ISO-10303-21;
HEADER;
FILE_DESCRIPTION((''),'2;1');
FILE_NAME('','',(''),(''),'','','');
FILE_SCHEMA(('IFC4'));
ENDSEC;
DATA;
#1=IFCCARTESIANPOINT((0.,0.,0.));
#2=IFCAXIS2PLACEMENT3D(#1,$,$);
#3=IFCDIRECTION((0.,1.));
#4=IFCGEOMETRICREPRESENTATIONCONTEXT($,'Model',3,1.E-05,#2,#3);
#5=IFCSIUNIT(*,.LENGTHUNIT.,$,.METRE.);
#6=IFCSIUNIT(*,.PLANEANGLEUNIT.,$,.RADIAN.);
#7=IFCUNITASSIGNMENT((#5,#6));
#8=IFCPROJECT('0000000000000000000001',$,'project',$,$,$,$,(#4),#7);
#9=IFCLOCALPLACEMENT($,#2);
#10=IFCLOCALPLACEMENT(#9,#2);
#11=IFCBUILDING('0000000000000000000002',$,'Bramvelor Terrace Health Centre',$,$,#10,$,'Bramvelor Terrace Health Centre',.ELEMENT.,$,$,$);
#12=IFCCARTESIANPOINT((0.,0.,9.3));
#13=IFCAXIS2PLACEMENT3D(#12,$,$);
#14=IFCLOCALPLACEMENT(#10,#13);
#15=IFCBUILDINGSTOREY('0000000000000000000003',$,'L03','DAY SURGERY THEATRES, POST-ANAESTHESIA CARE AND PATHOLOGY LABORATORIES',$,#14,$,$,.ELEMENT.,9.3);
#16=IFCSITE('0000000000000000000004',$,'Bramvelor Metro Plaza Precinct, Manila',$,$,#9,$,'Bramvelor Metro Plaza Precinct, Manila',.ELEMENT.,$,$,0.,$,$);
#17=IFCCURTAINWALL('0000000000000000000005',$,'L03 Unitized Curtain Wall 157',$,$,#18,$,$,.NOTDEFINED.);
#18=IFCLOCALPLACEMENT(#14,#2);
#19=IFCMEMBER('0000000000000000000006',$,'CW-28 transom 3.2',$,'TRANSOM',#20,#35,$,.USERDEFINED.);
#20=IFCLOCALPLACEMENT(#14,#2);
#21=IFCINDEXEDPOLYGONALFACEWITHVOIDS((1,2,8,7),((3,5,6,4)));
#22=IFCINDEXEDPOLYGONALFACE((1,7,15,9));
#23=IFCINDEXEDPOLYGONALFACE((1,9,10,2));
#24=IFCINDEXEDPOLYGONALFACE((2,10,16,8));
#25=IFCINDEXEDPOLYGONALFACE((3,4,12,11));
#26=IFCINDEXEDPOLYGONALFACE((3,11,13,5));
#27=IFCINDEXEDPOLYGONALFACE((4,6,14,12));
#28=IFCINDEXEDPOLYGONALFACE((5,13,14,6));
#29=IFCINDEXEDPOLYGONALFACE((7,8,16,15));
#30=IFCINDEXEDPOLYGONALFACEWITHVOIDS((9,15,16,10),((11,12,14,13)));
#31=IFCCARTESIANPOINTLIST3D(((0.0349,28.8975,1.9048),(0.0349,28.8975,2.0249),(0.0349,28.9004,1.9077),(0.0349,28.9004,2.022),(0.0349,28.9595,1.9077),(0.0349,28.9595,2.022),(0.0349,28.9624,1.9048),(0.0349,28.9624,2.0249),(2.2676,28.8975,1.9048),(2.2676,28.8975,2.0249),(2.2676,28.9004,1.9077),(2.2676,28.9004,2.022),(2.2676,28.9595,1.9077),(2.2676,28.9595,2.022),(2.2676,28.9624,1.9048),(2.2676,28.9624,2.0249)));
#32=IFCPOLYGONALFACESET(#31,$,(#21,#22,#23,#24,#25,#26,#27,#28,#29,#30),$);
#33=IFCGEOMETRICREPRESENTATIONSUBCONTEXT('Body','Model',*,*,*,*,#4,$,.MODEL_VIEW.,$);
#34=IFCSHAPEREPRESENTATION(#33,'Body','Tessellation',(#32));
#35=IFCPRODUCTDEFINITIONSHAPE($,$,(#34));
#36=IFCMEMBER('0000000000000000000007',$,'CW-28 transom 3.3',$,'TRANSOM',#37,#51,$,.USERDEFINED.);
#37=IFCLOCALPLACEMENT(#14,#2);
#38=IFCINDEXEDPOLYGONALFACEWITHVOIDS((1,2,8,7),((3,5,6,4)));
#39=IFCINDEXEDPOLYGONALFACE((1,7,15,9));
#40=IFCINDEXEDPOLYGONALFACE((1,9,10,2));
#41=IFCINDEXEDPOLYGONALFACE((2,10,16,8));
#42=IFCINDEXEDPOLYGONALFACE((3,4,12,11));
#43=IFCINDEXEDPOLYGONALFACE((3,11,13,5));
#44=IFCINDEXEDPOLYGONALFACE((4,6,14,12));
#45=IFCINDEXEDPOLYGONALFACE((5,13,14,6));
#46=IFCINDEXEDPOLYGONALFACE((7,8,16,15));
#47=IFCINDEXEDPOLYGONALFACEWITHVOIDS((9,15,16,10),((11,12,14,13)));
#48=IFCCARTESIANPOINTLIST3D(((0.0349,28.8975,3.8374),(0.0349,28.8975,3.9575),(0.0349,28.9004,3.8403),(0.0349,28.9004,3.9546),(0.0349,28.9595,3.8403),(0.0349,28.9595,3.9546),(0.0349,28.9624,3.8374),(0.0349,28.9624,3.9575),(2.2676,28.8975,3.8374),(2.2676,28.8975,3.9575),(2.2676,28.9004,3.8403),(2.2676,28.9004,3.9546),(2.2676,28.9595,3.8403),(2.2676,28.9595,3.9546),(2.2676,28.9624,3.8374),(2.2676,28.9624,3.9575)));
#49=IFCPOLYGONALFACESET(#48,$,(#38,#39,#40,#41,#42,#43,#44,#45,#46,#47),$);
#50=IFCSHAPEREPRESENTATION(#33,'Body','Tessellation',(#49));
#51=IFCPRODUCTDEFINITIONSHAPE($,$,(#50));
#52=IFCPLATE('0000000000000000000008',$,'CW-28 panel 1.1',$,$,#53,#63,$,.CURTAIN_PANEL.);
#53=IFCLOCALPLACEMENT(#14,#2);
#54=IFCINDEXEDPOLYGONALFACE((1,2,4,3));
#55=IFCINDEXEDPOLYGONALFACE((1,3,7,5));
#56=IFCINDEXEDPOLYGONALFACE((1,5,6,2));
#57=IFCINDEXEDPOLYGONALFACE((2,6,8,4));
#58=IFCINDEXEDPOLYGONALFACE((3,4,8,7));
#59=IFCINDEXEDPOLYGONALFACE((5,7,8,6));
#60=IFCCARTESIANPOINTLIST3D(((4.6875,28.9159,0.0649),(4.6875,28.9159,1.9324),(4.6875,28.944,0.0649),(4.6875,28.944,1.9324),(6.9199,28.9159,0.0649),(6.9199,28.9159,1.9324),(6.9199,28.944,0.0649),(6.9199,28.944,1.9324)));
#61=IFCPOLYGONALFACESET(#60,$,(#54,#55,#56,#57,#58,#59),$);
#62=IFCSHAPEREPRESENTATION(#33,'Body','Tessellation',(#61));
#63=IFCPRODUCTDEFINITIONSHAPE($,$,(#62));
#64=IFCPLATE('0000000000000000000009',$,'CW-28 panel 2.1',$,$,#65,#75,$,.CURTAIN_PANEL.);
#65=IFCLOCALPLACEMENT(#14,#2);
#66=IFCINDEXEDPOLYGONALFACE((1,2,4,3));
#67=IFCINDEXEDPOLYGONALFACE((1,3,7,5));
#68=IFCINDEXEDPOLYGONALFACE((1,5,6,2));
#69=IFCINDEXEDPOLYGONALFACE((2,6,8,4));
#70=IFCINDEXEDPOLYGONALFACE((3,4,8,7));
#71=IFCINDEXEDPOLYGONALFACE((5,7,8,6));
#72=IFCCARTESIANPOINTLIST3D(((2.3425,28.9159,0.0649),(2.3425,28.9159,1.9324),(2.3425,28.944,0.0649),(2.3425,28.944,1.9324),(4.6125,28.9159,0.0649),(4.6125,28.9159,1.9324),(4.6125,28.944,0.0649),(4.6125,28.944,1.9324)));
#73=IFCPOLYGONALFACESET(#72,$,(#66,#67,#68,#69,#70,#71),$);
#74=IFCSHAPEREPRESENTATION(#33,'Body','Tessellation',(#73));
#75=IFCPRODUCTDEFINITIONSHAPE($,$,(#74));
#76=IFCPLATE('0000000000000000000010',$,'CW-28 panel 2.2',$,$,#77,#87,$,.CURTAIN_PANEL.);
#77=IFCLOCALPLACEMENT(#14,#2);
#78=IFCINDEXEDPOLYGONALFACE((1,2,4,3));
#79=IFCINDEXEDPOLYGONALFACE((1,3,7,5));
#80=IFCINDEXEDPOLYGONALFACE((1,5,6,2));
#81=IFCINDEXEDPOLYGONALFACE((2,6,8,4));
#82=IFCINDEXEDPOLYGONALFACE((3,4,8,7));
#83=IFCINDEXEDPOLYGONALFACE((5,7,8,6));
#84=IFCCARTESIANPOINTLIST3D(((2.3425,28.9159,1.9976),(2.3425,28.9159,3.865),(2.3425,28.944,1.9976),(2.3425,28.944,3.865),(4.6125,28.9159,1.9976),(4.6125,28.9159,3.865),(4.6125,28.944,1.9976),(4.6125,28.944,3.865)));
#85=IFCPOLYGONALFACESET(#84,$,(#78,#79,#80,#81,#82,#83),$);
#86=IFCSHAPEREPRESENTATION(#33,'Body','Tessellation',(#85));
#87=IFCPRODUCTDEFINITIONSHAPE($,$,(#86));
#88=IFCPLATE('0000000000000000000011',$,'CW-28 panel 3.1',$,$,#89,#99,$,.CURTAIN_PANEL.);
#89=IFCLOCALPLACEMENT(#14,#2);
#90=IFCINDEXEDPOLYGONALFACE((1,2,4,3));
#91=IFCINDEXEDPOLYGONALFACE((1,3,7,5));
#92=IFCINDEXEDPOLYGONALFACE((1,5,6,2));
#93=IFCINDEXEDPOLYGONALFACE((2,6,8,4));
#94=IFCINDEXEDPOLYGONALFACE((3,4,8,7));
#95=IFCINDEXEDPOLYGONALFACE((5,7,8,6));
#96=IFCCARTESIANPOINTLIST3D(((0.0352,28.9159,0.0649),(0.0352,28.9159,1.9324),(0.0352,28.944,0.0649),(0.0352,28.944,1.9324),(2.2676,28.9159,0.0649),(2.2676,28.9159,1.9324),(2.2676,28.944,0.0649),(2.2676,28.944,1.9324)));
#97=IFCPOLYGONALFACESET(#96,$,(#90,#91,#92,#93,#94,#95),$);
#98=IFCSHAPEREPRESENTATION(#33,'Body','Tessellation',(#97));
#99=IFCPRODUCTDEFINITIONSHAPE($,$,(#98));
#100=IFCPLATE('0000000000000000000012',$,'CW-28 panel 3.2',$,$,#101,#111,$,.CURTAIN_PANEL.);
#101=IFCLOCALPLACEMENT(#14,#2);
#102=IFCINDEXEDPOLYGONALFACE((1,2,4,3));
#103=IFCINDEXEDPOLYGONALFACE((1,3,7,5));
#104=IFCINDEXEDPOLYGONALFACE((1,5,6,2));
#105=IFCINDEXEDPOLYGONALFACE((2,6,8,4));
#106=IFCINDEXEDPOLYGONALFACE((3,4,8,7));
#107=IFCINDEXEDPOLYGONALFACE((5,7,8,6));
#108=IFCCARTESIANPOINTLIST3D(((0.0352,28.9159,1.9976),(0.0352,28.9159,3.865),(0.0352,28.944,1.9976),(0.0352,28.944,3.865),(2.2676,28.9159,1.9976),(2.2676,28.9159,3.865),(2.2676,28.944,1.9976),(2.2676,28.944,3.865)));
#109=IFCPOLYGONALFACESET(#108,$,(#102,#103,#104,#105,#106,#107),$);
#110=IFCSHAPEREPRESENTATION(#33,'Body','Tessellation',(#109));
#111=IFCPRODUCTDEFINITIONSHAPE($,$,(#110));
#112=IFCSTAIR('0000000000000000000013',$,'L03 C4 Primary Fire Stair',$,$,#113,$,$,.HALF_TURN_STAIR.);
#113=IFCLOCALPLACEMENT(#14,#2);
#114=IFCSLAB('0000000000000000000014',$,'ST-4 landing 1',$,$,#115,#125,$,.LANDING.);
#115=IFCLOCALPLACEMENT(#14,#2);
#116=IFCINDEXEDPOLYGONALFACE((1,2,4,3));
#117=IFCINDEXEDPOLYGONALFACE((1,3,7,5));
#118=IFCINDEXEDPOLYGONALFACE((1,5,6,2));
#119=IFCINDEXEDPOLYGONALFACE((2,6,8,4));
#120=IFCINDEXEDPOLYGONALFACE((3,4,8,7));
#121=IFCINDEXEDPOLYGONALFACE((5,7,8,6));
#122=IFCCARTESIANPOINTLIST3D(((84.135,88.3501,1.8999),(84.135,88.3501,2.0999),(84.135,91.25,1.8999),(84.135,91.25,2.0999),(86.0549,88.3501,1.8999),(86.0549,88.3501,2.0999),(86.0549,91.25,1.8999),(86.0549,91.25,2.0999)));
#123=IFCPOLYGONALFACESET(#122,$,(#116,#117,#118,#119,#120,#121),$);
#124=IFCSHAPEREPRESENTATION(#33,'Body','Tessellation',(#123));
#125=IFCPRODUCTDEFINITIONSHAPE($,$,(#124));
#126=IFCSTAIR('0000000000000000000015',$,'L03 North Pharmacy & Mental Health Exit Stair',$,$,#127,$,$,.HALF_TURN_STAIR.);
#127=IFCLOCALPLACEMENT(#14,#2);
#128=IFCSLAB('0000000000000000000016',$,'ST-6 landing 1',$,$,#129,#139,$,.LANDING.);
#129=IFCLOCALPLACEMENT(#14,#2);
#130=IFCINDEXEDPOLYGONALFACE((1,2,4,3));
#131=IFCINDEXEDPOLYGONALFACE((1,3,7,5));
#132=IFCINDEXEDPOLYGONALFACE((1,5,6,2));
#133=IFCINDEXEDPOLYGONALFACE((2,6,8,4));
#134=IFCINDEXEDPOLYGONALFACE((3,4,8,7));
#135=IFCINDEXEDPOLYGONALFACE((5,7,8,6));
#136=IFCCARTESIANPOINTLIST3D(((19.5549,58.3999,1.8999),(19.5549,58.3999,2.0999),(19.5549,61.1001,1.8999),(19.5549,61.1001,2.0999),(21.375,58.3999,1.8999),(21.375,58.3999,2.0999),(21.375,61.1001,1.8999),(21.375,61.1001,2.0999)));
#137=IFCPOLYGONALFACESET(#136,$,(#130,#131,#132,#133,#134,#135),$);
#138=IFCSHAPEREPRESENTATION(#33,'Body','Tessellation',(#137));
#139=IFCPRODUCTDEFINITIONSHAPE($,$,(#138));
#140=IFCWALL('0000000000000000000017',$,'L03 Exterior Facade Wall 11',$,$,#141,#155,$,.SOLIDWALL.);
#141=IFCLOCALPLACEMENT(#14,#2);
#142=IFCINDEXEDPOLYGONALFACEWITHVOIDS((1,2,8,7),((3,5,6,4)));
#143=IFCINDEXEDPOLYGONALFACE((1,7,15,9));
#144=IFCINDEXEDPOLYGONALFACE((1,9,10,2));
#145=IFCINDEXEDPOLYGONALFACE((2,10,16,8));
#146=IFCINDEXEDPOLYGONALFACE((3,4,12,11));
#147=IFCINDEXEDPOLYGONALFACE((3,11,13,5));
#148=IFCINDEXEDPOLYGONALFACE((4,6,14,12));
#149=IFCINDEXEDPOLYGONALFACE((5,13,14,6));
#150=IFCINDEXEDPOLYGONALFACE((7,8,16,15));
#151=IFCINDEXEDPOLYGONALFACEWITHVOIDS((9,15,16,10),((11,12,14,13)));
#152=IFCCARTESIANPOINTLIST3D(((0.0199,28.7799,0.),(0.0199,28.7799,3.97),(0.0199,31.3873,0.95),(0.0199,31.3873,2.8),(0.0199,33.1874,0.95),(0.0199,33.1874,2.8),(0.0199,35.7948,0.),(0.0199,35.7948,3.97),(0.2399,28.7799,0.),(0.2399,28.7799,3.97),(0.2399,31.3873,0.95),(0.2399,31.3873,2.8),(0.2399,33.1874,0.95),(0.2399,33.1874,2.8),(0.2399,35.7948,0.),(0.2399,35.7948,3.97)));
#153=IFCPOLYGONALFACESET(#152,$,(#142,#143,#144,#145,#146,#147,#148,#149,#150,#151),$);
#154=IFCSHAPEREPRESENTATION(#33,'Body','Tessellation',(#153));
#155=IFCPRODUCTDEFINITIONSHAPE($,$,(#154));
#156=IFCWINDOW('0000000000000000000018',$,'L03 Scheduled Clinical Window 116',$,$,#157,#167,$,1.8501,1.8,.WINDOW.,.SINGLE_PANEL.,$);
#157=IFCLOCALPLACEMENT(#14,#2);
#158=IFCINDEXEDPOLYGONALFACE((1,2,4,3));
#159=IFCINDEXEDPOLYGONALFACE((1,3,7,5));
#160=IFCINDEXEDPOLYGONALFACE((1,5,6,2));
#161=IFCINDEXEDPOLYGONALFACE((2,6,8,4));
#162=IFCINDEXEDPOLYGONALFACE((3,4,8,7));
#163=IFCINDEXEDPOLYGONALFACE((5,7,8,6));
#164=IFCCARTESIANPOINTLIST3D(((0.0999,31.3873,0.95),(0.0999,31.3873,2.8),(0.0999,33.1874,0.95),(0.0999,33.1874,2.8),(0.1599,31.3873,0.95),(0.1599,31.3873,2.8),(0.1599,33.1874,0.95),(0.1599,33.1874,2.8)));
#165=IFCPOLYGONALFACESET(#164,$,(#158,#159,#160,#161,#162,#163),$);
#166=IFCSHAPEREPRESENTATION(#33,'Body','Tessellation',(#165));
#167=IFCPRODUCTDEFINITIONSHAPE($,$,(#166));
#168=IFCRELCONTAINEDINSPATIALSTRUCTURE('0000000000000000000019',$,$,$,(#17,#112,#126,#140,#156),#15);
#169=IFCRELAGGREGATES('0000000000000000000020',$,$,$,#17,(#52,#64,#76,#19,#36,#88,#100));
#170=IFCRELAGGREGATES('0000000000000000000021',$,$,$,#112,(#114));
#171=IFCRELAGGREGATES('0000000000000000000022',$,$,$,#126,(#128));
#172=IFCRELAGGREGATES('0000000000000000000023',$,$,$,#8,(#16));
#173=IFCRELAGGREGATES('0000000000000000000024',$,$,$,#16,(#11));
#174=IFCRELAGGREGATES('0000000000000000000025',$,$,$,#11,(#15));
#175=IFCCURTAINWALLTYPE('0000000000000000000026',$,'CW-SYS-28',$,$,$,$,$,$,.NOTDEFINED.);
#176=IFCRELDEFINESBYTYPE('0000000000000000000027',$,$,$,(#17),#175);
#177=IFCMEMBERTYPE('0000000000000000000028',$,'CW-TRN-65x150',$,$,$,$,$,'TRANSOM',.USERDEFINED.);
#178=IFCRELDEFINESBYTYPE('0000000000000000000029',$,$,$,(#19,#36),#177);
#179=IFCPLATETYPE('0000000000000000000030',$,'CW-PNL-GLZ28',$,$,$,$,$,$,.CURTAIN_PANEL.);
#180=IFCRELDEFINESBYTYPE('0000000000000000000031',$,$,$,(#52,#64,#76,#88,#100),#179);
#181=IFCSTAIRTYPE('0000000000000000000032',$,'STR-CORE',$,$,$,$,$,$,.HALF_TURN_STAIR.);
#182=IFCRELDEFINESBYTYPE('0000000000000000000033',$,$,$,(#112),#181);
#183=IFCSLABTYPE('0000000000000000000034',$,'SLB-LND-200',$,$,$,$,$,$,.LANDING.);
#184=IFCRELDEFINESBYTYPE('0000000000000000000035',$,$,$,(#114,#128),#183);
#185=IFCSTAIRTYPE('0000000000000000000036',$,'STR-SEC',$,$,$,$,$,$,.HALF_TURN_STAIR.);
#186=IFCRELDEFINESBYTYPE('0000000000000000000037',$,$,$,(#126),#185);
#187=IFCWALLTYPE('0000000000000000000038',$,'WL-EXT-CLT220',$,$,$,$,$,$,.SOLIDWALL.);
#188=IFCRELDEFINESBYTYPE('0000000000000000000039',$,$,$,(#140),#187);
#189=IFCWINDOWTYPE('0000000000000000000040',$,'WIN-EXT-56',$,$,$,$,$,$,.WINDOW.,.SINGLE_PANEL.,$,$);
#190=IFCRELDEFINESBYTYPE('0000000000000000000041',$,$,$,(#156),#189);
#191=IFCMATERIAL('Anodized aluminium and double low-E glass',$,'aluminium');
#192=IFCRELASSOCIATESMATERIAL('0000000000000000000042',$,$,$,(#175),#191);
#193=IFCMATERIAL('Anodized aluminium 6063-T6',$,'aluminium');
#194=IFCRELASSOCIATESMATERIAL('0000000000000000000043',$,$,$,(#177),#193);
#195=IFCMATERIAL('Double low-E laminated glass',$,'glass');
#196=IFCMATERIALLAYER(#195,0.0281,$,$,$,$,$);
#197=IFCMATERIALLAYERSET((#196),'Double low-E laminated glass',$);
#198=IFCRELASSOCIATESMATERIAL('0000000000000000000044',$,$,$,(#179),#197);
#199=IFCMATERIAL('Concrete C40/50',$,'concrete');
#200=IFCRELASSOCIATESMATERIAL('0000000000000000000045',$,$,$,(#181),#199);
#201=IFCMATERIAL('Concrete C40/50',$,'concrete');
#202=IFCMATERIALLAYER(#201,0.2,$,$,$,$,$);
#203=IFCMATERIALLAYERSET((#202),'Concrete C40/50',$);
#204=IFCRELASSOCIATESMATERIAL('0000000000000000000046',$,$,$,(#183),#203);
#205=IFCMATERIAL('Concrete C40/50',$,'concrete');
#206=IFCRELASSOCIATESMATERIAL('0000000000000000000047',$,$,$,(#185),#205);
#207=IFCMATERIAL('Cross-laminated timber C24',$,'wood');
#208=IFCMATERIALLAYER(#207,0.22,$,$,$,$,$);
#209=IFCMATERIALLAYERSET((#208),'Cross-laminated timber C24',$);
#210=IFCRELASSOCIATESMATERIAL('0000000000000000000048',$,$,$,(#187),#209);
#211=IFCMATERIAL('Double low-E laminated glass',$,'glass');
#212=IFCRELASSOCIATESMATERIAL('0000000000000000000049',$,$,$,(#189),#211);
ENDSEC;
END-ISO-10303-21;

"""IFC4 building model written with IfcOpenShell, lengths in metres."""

from ifc_helpers import new_model, si_unit, direction, frame, frame_2d, origin, origin_2d, place, context, subcontext, project, spatial, polyline, rectangle, hollow_rectangle, outline, extrude, material, layer, layer_set, material_profile, profile_set, type_object, element, fill, aggregate, save


model = new_model("IFC4")

# Units and contexts
model_context = context("Model", 3, precision=1e-05, world=origin(), true_north=direction((0.0, 1.0)))
body_context = subcontext(model_context, "Body", "Model", "MODEL_VIEW")
ifc_project = project(units=[si_unit("LENGTHUNIT", "METRE"), si_unit("PLANEANGLEUNIT", "RADIAN")], contexts=[model_context])

# Site, building, storey
site_placement = place(None, origin())
site = spatial("IfcSite", under=ifc_project, at=site_placement, Name="Bramvelor Metro Plaza Precinct, Manila", LongName="Bramvelor Metro Plaza Precinct, Manila", CompositionType="ELEMENT", RefElevation=0.0)
building_placement = place(site_placement, origin())
building = spatial("IfcBuilding", under=site, at=building_placement, Name="Bramvelor Terrace Health Centre", LongName="Bramvelor Terrace Health Centre", CompositionType="ELEMENT")
storey_placement = place(building_placement, frame((0.0, 0.0, 9.3)))
storey = spatial("IfcBuildingStorey", under=building, at=storey_placement, Name="L03", Description="DAY SURGERY THEATRES, POST-ANAESTHESIA CARE AND PATHOLOGY LABORATORIES", CompositionType="ELEMENT", Elevation=9.3)

# Curtain wall, members, plates
ifc_material_1 = material(Name="Anodized aluminium and double low-E glass", Category="aluminium")
curtain_wall_type = type_object("IfcCurtainWallType", Name="CW-SYS-28", PredefinedType="NOTDEFINED", material=ifc_material_1)
curtain_wall_placement = place(storey_placement, origin())
curtain_wall = element("IfcCurtainWall", 1, at=curtain_wall_placement, inside=storey, type_object=curtain_wall_type, Name="L03 Unitized Curtain Wall 157", PredefinedType="NOTDEFINED")
ifc_material_2 = material(Name="Anodized aluminium 6063-T6", Category="aluminium")
ifc_material_profile_1 = material_profile(ifc_material_2, hollow_rectangle(XDim=0.0649, YDim=0.1201, WallThickness=0.0029, at=origin_2d()), Name="ALU-TRN 65x120x3.0")
ifc_profile_set_1 = profile_set([ifc_material_profile_1], Name="Anodized aluminium 6063-T6")
member_type_1 = type_object("IfcMemberType", Name="CW-TRN-65x150", ElementType="TRANSOM", PredefinedType="USERDEFINED", material=ifc_profile_set_1)
member_1_placement = place(storey_placement, frame((2.2676, 28.9299, 1.9648), z_axis=(-1.0, 0.0, 0.0), x_axis=(0.0, -1.0, 0.0)))
member_1 = element("IfcMember", 2, at=member_1_placement, type_object=member_type_1, Name="CW-28 transom 3.2", ObjectType="TRANSOM", PredefinedType="USERDEFINED", context=body_context, shape_type="SweptSolid", body=[
    extrude(hollow_rectangle(XDim=0.0649, YDim=0.1201, WallThickness=0.0029, at=origin_2d()), origin(), (0.0, 0.0, 1.0), 2.2327),
])
member_2_placement = place(storey_placement, frame((2.2676, 28.9299, 3.8975), z_axis=(-1.0, 0.0, 0.0), x_axis=(0.0, -1.0, 0.0)))
member_2 = element("IfcMember", 3, at=member_2_placement, type_object=member_type_1, Name="CW-28 transom 3.3", ObjectType="TRANSOM", PredefinedType="USERDEFINED", context=body_context, shape_type="SweptSolid", body=[
    extrude(hollow_rectangle(XDim=0.0649, YDim=0.1201, WallThickness=0.0029, at=origin_2d()), origin(), (0.0, 0.0, 1.0), 2.2327),
])
ifc_material_3 = material(Name="Double low-E laminated glass", Category="glass")
ifc_layer_1 = layer(ifc_material_3, 0.0281)
ifc_layer_set_1 = layer_set([ifc_layer_1], Name="Double low-E laminated glass")
plate_type = type_object("IfcPlateType", Name="CW-PNL-GLZ28", PredefinedType="CURTAIN_PANEL", material=ifc_layer_set_1)
plate_1_placement = place(storey_placement, frame((5.8037, 28.9299, 0.0649), z_axis=(0.0, 0.0, 1.0), x_axis=(-1.0, 0.0, 0.0)))
plate_1 = element("IfcPlate", 4, at=plate_1_placement, type_object=plate_type, Name="CW-28 panel 1.1", PredefinedType="CURTAIN_PANEL", context=body_context, shape_type="SweptSolid", body=[
    extrude(rectangle(XDim=2.2324, YDim=0.0281, at=origin_2d()), origin(), (0.0, 0.0, 1.0), 1.8674),
])
plate_2_placement = place(storey_placement, frame((3.4775, 28.9299, 0.0649), z_axis=(0.0, 0.0, 1.0), x_axis=(-1.0, 0.0, 0.0)))
plate_2 = element("IfcPlate", 5, at=plate_2_placement, type_object=plate_type, Name="CW-28 panel 2.1", PredefinedType="CURTAIN_PANEL", context=body_context, shape_type="SweptSolid", body=[
    extrude(rectangle(XDim=2.27, YDim=0.0281, at=origin_2d()), origin(), (0.0, 0.0, 1.0), 1.8674),
])
plate_3_placement = place(storey_placement, frame((3.4775, 28.9299, 1.9976), z_axis=(0.0, 0.0, 1.0), x_axis=(-1.0, 0.0, 0.0)))
plate_3 = element("IfcPlate", 6, at=plate_3_placement, type_object=plate_type, Name="CW-28 panel 2.2", PredefinedType="CURTAIN_PANEL", context=body_context, shape_type="SweptSolid", body=[
    extrude(rectangle(XDim=2.27, YDim=0.0281, at=origin_2d()), origin(), (0.0, 0.0, 1.0), 1.8674),
])
plate_4_placement = place(storey_placement, frame((1.1514, 28.9299, 0.0649), z_axis=(0.0, 0.0, 1.0), x_axis=(-1.0, 0.0, 0.0)))
plate_4 = element("IfcPlate", 7, at=plate_4_placement, type_object=plate_type, Name="CW-28 panel 3.1", PredefinedType="CURTAIN_PANEL", context=body_context, shape_type="SweptSolid", body=[
    extrude(rectangle(XDim=2.2324, YDim=0.0281, at=origin_2d()), origin(), (0.0, 0.0, 1.0), 1.8674),
])
plate_5_placement = place(storey_placement, frame((1.1514, 28.9299, 1.9976), z_axis=(0.0, 0.0, 1.0), x_axis=(-1.0, 0.0, 0.0)))
plate_5 = element("IfcPlate", 8, at=plate_5_placement, type_object=plate_type, Name="CW-28 panel 3.2", PredefinedType="CURTAIN_PANEL", context=body_context, shape_type="SweptSolid", body=[
    extrude(rectangle(XDim=2.2324, YDim=0.0281, at=origin_2d()), origin(), (0.0, 0.0, 1.0), 1.8674),
])
aggregate(curtain_wall, [plate_1, plate_2, plate_3, member_1, member_2, plate_4, plate_5])

# Stairs, slabs
ifc_material_4 = material(Name="Concrete C40/50", Category="concrete")
stair_type_1 = type_object("IfcStairType", Name="STR-CORE", PredefinedType="HALF_TURN_STAIR", material=ifc_material_4)
stair_1_placement = place(storey_placement, origin())
stair_1 = element("IfcStair", 9, at=stair_1_placement, inside=storey, type_object=stair_type_1, Name="L03 C4 Primary Fire Stair", PredefinedType="HALF_TURN_STAIR")
ifc_material_5 = material(Name="Concrete C40/50", Category="concrete")
ifc_layer_2 = layer(ifc_material_5, 0.2)
ifc_layer_set_2 = layer_set([ifc_layer_2], Name="Concrete C40/50")
slab_type = type_object("IfcSlabType", Name="SLB-LND-200", PredefinedType="LANDING", material=ifc_layer_set_2)
slab_1_placement = place(storey_placement, frame((0.0, 0.0, 1.8999)))
slab_1 = element("IfcSlab", 10, at=slab_1_placement, type_object=slab_type, Name="ST-4 landing 1", PredefinedType="LANDING", context=body_context, shape_type="SweptSolid", body=[
    extrude(outline(polyline([(84.135, 88.3501), (86.0549, 88.3501), (86.0549, 91.25), (84.135, 91.25), (84.135, 88.3501)])), origin(), (0.0, 0.0, 1.0), 0.2),
])
aggregate(stair_1, [slab_1])
ifc_material_6 = material(Name="Concrete C40/50", Category="concrete")
stair_type_2 = type_object("IfcStairType", Name="STR-SEC", PredefinedType="HALF_TURN_STAIR", material=ifc_material_6)
stair_2_placement = place(storey_placement, origin())
stair_2 = element("IfcStair", 11, at=stair_2_placement, inside=storey, type_object=stair_type_2, Name="L03 North Pharmacy & Mental Health Exit Stair", PredefinedType="HALF_TURN_STAIR")
slab_2_placement = place(storey_placement, frame((0.0, 0.0, 1.8999)))
slab_2 = element("IfcSlab", 12, at=slab_2_placement, type_object=slab_type, Name="ST-6 landing 1", PredefinedType="LANDING", context=body_context, shape_type="SweptSolid", body=[
    extrude(outline(polyline([(19.5549, 58.3999), (21.375, 58.3999), (21.375, 61.1001), (19.5549, 61.1001), (19.5549, 58.3999)])), origin(), (0.0, 0.0, 1.0), 0.2),
])
aggregate(stair_2, [slab_2])

# Wall, opening, window
ifc_material_7 = material(Name="Cross-laminated timber C24", Category="wood")
ifc_layer_3 = layer(ifc_material_7, 0.22)
ifc_layer_set_3 = layer_set([ifc_layer_3], Name="Cross-laminated timber C24")
wall_type = type_object("IfcWallType", Name="WL-EXT-CLT220", PredefinedType="SOLIDWALL", material=ifc_layer_set_3)
wall_placement = place(storey_placement, frame((0.1299, 28.78, 0.0), z_axis=(0.0, 0.0, 1.0), x_axis=(0.0, 1.0, 0.0)))
wall = element("IfcWall", 13, at=wall_placement, inside=storey, type_object=wall_type, Name="L03 Exterior Facade Wall 11", PredefinedType="SOLIDWALL", context=body_context, shape_type="SweptSolid", body=[
    extrude(rectangle(XDim=7.0149, YDim=0.22, at=frame_2d((3.5073, 0.0))), origin(), (0.0, 0.0, 1.0), 3.97),
])
opening_placement = place(wall_placement, frame((2.6074, 0.0, 0.95)))
opening = element("IfcOpeningElement", 14, at=opening_placement, cuts=wall, PredefinedType="OPENING", context=body_context, shape_type="SweptSolid", body=[
    extrude(rectangle(XDim=1.8, YDim=1.8501, at=frame_2d((0.8999, 0.925))), frame((0.0, 0.1199, 0.0), z_axis=(0.0, -1.0, 0.0), x_axis=(1.0, 0.0, 0.0)), (0.0, 0.0, 1.0), 0.24),
])
ifc_material_8 = material(Name="Double low-E laminated glass", Category="glass")
window_type = type_object("IfcWindowType", Name="WIN-EXT-56", PartitioningType="SINGLE_PANEL", PredefinedType="WINDOW", material=ifc_material_8)
window_placement = place(opening_placement, origin())
window = element("IfcWindow", 15, at=window_placement, inside=storey, type_object=window_type, Name="L03 Scheduled Clinical Window 116", OverallHeight=1.8501, OverallWidth=1.8, PartitioningType="SINGLE_PANEL", PredefinedType="WINDOW", context=body_context, shape_type="SweptSolid", body=[
    extrude(rectangle(XDim=1.8, YDim=1.8501, at=frame_2d((0.8999, 0.925))), frame((0.0, 0.03, 0.0), z_axis=(0.0, -1.0, 0.0), x_axis=(1.0, 0.0, 0.0)), (0.0, 0.0, 1.0), 0.0601),
])
fill(opening, window)

save(model, "model.ifc")
